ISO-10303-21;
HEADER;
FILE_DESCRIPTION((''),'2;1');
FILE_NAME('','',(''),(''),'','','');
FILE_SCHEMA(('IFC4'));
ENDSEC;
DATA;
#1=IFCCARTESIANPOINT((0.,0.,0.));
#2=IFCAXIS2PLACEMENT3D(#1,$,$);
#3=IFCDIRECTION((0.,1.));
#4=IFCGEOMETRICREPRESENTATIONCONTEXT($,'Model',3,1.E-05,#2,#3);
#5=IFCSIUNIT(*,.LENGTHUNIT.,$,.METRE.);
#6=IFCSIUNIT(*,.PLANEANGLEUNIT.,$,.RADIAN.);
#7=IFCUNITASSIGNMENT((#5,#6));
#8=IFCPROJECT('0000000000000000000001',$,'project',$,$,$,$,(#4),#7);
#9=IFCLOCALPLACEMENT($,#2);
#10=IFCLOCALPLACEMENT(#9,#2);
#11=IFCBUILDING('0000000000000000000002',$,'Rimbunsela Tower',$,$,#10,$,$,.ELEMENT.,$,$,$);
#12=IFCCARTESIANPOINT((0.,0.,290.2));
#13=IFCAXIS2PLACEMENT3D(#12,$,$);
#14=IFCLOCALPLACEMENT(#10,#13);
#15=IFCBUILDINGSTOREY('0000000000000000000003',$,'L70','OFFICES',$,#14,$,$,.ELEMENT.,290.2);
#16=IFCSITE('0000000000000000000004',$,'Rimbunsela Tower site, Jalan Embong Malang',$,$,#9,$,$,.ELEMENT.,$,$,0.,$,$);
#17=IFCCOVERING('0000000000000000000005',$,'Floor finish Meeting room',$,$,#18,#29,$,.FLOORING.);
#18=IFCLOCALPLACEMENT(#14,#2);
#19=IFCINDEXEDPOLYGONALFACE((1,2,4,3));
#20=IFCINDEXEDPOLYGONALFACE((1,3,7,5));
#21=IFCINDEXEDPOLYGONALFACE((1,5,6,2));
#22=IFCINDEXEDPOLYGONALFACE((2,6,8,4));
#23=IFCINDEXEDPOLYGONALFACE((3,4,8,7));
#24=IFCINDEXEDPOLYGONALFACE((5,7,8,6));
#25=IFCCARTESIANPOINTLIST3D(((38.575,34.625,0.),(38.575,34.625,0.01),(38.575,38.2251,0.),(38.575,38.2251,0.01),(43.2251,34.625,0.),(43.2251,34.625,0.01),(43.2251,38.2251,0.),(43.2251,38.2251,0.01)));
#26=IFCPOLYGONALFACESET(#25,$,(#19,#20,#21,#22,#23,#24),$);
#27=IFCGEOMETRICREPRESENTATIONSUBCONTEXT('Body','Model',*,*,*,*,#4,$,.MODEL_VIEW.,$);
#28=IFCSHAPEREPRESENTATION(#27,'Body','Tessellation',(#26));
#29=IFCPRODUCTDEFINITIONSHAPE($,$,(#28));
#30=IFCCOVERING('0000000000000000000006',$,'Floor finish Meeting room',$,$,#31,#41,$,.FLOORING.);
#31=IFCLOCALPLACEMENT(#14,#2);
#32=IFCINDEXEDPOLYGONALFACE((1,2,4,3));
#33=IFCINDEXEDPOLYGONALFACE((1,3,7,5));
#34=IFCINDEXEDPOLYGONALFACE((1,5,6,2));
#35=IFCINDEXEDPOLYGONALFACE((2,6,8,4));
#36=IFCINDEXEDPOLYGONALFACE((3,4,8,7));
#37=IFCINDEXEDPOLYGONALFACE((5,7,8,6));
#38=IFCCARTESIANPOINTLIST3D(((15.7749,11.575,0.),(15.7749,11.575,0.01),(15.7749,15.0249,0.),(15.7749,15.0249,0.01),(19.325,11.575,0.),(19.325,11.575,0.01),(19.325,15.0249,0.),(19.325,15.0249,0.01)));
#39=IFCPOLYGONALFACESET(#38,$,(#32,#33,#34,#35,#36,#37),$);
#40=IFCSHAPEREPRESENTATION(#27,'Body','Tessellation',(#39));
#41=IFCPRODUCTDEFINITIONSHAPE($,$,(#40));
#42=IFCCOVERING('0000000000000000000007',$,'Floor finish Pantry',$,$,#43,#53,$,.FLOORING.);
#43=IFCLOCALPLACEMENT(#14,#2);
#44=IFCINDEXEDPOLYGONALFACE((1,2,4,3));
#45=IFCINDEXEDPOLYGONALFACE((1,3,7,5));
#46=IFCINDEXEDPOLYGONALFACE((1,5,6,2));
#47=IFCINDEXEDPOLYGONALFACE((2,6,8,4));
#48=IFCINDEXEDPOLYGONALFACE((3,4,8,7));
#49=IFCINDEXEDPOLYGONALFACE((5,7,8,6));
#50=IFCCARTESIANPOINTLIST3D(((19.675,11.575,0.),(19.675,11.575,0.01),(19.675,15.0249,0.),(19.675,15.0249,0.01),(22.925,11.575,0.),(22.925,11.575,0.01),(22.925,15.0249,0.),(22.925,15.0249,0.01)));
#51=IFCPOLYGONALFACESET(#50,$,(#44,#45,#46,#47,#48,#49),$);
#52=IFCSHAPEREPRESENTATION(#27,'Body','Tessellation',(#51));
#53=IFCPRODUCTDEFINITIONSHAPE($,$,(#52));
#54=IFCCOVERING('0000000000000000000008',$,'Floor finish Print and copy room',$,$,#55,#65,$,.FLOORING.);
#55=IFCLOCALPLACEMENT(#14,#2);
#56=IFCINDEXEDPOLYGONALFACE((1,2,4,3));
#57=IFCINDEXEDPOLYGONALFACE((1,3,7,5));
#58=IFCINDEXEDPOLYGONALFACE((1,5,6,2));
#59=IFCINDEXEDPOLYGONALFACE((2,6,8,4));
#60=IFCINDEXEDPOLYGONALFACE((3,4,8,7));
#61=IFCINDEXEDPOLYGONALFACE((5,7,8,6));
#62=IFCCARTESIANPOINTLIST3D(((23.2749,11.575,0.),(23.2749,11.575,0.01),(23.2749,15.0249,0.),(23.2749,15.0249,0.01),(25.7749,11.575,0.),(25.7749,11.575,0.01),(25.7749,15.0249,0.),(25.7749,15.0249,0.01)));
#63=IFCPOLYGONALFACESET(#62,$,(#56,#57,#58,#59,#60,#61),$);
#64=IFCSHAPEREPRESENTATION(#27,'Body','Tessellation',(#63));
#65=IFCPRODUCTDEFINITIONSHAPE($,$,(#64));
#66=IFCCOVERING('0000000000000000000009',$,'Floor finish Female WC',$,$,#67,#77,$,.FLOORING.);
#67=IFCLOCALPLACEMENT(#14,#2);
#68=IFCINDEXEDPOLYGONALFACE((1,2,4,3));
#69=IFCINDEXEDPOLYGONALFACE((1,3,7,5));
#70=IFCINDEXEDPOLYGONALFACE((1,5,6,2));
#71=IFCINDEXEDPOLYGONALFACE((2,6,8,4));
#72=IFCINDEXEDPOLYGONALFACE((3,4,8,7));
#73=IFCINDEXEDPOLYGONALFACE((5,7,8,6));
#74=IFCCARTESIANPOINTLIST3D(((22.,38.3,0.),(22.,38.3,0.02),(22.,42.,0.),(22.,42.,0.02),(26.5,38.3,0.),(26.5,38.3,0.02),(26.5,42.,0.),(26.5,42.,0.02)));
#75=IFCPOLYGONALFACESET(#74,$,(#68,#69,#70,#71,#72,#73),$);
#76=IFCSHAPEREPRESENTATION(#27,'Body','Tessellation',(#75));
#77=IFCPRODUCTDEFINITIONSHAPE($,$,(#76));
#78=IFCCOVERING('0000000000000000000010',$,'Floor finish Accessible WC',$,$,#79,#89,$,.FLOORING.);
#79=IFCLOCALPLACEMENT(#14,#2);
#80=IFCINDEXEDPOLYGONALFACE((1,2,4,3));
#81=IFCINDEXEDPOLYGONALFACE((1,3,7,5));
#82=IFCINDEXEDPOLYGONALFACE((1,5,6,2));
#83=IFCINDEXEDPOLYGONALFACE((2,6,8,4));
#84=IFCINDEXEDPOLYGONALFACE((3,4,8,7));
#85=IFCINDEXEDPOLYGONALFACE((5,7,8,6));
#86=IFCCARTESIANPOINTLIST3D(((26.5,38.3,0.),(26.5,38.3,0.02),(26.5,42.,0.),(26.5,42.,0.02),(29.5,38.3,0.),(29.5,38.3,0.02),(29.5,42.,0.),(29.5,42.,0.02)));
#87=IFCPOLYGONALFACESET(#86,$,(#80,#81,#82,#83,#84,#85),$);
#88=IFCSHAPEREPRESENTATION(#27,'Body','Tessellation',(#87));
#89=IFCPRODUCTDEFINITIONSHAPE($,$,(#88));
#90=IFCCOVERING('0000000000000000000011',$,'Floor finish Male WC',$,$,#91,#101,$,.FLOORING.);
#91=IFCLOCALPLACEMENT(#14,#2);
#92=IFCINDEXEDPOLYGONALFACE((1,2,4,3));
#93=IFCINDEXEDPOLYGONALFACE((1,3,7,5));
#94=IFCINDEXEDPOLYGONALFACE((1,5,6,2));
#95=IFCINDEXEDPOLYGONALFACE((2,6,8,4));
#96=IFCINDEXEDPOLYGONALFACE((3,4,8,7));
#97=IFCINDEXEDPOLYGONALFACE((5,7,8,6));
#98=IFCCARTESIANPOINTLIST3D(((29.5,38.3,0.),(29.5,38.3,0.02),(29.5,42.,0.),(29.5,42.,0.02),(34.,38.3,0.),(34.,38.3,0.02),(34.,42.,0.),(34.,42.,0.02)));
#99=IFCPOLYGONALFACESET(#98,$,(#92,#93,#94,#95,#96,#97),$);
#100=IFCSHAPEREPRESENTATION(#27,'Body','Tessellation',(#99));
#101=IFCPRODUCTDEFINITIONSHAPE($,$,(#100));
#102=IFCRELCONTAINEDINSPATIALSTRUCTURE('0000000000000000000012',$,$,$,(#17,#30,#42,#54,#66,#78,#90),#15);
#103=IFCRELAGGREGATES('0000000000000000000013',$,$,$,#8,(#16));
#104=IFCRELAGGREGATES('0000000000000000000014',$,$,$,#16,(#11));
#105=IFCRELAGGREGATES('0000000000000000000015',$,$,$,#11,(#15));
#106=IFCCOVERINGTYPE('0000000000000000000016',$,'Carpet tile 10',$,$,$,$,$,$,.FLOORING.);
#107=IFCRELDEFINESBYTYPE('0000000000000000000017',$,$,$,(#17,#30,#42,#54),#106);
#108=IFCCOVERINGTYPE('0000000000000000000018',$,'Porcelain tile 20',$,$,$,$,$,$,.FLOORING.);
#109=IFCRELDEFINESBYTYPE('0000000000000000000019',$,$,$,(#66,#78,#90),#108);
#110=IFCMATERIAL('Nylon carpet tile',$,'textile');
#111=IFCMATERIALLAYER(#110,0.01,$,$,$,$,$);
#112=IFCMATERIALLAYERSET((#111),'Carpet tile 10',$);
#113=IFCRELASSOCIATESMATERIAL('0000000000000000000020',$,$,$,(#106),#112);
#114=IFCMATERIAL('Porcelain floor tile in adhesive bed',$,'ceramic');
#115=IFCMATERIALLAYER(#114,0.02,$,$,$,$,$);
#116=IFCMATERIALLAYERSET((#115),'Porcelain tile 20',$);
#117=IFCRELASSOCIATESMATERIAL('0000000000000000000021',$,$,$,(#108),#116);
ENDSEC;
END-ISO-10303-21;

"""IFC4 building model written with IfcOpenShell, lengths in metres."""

from ifc_helpers import new_model, si_unit, direction, frame, origin, place, context, subcontext, project, spatial, polyline, outline, extrude, material, layer, layer_set, type_object, element, save


model = new_model("IFC4")

# Units and contexts
model_context = context("Model", 3, precision=1e-05, world=origin(), true_north=direction((0.0, 1.0)))
body_context = subcontext(model_context, "Body", "Model", "MODEL_VIEW")
ifc_project = project(units=[si_unit("LENGTHUNIT", "METRE"), si_unit("PLANEANGLEUNIT", "RADIAN")], contexts=[model_context])

# Site, building, storey
site_placement = place(None, origin())
site = spatial("IfcSite", under=ifc_project, at=site_placement, Name="Rimbunsela Tower site, Jalan Embong Malang", CompositionType="ELEMENT", RefElevation=0.0)
building_placement = place(site_placement, origin())
building = spatial("IfcBuilding", under=site, at=building_placement, Name="Rimbunsela Tower", CompositionType="ELEMENT")
storey_placement = place(building_placement, frame((0.0, 0.0, 290.2)))
storey = spatial("IfcBuildingStorey", under=building, at=storey_placement, Name="L70", Description="OFFICES", CompositionType="ELEMENT", Elevation=290.2)

# Coverings
ifc_material_1 = material(Name="Nylon carpet tile", Category="textile")
ifc_layer_1 = layer(ifc_material_1, 0.01)
ifc_layer_set_1 = layer_set([ifc_layer_1], Name="Carpet tile 10")
covering_type_1 = type_object("IfcCoveringType", Name="Carpet tile 10", PredefinedType="FLOORING", material=ifc_layer_set_1)
covering_1_placement = place(storey_placement, origin())
element("IfcCovering", 1, at=covering_1_placement, inside=storey, type_object=covering_type_1, Name="Floor finish Meeting room", PredefinedType="FLOORING", context=body_context, shape_type="SweptSolid", body=[
    extrude(outline(polyline([(43.2251, 34.625), (43.2251, 38.2251), (38.575, 38.2251), (38.575, 34.625), (43.2251, 34.625)])), origin(), (0.0, 0.0, 1.0), 0.01),
])
covering_2_placement = place(storey_placement, origin())
element("IfcCovering", 2, at=covering_2_placement, inside=storey, type_object=covering_type_1, Name="Floor finish Meeting room", PredefinedType="FLOORING", context=body_context, shape_type="SweptSolid", body=[
    extrude(outline(polyline([(19.325, 11.575), (19.325, 15.0249), (15.7749, 15.0249), (15.7749, 11.575), (19.325, 11.575)])), origin(), (0.0, 0.0, 1.0), 0.01),
])
covering_3_placement = place(storey_placement, origin())
element("IfcCovering", 3, at=covering_3_placement, inside=storey, type_object=covering_type_1, Name="Floor finish Pantry", PredefinedType="FLOORING", context=body_context, shape_type="SweptSolid", body=[
    extrude(outline(polyline([(22.925, 11.575), (22.925, 15.0249), (19.675, 15.0249), (19.675, 11.575), (22.925, 11.575)])), origin(), (0.0, 0.0, 1.0), 0.01),
])
covering_4_placement = place(storey_placement, origin())
element("IfcCovering", 4, at=covering_4_placement, inside=storey, type_object=covering_type_1, Name="Floor finish Print and copy room", PredefinedType="FLOORING", context=body_context, shape_type="SweptSolid", body=[
    extrude(outline(polyline([(25.7749, 11.575), (25.7749, 15.0249), (23.2749, 15.0249), (23.2749, 11.575), (25.7749, 11.575)])), origin(), (0.0, 0.0, 1.0), 0.01),
])
ifc_material_2 = material(Name="Porcelain floor tile in adhesive bed", Category="ceramic")
ifc_layer_2 = layer(ifc_material_2, 0.02)
ifc_layer_set_2 = layer_set([ifc_layer_2], Name="Porcelain tile 20")
covering_type_2 = type_object("IfcCoveringType", Name="Porcelain tile 20", PredefinedType="FLOORING", material=ifc_layer_set_2)
covering_5_placement = place(storey_placement, origin())
element("IfcCovering", 5, at=covering_5_placement, inside=storey, type_object=covering_type_2, Name="Floor finish Female WC", PredefinedType="FLOORING", context=body_context, shape_type="SweptSolid", body=[
    extrude(outline(polyline([(26.5, 38.3), (26.5, 42.0), (22.0, 42.0), (22.0, 38.3), (26.5, 38.3)])), origin(), (0.0, 0.0, 1.0), 0.02),
])
covering_6_placement = place(storey_placement, origin())
element("IfcCovering", 6, at=covering_6_placement, inside=storey, type_object=covering_type_2, Name="Floor finish Accessible WC", PredefinedType="FLOORING", context=body_context, shape_type="SweptSolid", body=[
    extrude(outline(polyline([(29.5, 38.3), (29.5, 42.0), (26.5, 42.0), (26.5, 38.3), (29.5, 38.3)])), origin(), (0.0, 0.0, 1.0), 0.02),
])
covering_7_placement = place(storey_placement, origin())
element("IfcCovering", 7, at=covering_7_placement, inside=storey, type_object=covering_type_2, Name="Floor finish Male WC", PredefinedType="FLOORING", context=body_context, shape_type="SweptSolid", body=[
    extrude(outline(polyline([(34.0, 38.3), (34.0, 42.0), (29.5, 42.0), (29.5, 38.3), (34.0, 38.3)])), origin(), (0.0, 0.0, 1.0), 0.02),
])

save(model, "model.ifc")
